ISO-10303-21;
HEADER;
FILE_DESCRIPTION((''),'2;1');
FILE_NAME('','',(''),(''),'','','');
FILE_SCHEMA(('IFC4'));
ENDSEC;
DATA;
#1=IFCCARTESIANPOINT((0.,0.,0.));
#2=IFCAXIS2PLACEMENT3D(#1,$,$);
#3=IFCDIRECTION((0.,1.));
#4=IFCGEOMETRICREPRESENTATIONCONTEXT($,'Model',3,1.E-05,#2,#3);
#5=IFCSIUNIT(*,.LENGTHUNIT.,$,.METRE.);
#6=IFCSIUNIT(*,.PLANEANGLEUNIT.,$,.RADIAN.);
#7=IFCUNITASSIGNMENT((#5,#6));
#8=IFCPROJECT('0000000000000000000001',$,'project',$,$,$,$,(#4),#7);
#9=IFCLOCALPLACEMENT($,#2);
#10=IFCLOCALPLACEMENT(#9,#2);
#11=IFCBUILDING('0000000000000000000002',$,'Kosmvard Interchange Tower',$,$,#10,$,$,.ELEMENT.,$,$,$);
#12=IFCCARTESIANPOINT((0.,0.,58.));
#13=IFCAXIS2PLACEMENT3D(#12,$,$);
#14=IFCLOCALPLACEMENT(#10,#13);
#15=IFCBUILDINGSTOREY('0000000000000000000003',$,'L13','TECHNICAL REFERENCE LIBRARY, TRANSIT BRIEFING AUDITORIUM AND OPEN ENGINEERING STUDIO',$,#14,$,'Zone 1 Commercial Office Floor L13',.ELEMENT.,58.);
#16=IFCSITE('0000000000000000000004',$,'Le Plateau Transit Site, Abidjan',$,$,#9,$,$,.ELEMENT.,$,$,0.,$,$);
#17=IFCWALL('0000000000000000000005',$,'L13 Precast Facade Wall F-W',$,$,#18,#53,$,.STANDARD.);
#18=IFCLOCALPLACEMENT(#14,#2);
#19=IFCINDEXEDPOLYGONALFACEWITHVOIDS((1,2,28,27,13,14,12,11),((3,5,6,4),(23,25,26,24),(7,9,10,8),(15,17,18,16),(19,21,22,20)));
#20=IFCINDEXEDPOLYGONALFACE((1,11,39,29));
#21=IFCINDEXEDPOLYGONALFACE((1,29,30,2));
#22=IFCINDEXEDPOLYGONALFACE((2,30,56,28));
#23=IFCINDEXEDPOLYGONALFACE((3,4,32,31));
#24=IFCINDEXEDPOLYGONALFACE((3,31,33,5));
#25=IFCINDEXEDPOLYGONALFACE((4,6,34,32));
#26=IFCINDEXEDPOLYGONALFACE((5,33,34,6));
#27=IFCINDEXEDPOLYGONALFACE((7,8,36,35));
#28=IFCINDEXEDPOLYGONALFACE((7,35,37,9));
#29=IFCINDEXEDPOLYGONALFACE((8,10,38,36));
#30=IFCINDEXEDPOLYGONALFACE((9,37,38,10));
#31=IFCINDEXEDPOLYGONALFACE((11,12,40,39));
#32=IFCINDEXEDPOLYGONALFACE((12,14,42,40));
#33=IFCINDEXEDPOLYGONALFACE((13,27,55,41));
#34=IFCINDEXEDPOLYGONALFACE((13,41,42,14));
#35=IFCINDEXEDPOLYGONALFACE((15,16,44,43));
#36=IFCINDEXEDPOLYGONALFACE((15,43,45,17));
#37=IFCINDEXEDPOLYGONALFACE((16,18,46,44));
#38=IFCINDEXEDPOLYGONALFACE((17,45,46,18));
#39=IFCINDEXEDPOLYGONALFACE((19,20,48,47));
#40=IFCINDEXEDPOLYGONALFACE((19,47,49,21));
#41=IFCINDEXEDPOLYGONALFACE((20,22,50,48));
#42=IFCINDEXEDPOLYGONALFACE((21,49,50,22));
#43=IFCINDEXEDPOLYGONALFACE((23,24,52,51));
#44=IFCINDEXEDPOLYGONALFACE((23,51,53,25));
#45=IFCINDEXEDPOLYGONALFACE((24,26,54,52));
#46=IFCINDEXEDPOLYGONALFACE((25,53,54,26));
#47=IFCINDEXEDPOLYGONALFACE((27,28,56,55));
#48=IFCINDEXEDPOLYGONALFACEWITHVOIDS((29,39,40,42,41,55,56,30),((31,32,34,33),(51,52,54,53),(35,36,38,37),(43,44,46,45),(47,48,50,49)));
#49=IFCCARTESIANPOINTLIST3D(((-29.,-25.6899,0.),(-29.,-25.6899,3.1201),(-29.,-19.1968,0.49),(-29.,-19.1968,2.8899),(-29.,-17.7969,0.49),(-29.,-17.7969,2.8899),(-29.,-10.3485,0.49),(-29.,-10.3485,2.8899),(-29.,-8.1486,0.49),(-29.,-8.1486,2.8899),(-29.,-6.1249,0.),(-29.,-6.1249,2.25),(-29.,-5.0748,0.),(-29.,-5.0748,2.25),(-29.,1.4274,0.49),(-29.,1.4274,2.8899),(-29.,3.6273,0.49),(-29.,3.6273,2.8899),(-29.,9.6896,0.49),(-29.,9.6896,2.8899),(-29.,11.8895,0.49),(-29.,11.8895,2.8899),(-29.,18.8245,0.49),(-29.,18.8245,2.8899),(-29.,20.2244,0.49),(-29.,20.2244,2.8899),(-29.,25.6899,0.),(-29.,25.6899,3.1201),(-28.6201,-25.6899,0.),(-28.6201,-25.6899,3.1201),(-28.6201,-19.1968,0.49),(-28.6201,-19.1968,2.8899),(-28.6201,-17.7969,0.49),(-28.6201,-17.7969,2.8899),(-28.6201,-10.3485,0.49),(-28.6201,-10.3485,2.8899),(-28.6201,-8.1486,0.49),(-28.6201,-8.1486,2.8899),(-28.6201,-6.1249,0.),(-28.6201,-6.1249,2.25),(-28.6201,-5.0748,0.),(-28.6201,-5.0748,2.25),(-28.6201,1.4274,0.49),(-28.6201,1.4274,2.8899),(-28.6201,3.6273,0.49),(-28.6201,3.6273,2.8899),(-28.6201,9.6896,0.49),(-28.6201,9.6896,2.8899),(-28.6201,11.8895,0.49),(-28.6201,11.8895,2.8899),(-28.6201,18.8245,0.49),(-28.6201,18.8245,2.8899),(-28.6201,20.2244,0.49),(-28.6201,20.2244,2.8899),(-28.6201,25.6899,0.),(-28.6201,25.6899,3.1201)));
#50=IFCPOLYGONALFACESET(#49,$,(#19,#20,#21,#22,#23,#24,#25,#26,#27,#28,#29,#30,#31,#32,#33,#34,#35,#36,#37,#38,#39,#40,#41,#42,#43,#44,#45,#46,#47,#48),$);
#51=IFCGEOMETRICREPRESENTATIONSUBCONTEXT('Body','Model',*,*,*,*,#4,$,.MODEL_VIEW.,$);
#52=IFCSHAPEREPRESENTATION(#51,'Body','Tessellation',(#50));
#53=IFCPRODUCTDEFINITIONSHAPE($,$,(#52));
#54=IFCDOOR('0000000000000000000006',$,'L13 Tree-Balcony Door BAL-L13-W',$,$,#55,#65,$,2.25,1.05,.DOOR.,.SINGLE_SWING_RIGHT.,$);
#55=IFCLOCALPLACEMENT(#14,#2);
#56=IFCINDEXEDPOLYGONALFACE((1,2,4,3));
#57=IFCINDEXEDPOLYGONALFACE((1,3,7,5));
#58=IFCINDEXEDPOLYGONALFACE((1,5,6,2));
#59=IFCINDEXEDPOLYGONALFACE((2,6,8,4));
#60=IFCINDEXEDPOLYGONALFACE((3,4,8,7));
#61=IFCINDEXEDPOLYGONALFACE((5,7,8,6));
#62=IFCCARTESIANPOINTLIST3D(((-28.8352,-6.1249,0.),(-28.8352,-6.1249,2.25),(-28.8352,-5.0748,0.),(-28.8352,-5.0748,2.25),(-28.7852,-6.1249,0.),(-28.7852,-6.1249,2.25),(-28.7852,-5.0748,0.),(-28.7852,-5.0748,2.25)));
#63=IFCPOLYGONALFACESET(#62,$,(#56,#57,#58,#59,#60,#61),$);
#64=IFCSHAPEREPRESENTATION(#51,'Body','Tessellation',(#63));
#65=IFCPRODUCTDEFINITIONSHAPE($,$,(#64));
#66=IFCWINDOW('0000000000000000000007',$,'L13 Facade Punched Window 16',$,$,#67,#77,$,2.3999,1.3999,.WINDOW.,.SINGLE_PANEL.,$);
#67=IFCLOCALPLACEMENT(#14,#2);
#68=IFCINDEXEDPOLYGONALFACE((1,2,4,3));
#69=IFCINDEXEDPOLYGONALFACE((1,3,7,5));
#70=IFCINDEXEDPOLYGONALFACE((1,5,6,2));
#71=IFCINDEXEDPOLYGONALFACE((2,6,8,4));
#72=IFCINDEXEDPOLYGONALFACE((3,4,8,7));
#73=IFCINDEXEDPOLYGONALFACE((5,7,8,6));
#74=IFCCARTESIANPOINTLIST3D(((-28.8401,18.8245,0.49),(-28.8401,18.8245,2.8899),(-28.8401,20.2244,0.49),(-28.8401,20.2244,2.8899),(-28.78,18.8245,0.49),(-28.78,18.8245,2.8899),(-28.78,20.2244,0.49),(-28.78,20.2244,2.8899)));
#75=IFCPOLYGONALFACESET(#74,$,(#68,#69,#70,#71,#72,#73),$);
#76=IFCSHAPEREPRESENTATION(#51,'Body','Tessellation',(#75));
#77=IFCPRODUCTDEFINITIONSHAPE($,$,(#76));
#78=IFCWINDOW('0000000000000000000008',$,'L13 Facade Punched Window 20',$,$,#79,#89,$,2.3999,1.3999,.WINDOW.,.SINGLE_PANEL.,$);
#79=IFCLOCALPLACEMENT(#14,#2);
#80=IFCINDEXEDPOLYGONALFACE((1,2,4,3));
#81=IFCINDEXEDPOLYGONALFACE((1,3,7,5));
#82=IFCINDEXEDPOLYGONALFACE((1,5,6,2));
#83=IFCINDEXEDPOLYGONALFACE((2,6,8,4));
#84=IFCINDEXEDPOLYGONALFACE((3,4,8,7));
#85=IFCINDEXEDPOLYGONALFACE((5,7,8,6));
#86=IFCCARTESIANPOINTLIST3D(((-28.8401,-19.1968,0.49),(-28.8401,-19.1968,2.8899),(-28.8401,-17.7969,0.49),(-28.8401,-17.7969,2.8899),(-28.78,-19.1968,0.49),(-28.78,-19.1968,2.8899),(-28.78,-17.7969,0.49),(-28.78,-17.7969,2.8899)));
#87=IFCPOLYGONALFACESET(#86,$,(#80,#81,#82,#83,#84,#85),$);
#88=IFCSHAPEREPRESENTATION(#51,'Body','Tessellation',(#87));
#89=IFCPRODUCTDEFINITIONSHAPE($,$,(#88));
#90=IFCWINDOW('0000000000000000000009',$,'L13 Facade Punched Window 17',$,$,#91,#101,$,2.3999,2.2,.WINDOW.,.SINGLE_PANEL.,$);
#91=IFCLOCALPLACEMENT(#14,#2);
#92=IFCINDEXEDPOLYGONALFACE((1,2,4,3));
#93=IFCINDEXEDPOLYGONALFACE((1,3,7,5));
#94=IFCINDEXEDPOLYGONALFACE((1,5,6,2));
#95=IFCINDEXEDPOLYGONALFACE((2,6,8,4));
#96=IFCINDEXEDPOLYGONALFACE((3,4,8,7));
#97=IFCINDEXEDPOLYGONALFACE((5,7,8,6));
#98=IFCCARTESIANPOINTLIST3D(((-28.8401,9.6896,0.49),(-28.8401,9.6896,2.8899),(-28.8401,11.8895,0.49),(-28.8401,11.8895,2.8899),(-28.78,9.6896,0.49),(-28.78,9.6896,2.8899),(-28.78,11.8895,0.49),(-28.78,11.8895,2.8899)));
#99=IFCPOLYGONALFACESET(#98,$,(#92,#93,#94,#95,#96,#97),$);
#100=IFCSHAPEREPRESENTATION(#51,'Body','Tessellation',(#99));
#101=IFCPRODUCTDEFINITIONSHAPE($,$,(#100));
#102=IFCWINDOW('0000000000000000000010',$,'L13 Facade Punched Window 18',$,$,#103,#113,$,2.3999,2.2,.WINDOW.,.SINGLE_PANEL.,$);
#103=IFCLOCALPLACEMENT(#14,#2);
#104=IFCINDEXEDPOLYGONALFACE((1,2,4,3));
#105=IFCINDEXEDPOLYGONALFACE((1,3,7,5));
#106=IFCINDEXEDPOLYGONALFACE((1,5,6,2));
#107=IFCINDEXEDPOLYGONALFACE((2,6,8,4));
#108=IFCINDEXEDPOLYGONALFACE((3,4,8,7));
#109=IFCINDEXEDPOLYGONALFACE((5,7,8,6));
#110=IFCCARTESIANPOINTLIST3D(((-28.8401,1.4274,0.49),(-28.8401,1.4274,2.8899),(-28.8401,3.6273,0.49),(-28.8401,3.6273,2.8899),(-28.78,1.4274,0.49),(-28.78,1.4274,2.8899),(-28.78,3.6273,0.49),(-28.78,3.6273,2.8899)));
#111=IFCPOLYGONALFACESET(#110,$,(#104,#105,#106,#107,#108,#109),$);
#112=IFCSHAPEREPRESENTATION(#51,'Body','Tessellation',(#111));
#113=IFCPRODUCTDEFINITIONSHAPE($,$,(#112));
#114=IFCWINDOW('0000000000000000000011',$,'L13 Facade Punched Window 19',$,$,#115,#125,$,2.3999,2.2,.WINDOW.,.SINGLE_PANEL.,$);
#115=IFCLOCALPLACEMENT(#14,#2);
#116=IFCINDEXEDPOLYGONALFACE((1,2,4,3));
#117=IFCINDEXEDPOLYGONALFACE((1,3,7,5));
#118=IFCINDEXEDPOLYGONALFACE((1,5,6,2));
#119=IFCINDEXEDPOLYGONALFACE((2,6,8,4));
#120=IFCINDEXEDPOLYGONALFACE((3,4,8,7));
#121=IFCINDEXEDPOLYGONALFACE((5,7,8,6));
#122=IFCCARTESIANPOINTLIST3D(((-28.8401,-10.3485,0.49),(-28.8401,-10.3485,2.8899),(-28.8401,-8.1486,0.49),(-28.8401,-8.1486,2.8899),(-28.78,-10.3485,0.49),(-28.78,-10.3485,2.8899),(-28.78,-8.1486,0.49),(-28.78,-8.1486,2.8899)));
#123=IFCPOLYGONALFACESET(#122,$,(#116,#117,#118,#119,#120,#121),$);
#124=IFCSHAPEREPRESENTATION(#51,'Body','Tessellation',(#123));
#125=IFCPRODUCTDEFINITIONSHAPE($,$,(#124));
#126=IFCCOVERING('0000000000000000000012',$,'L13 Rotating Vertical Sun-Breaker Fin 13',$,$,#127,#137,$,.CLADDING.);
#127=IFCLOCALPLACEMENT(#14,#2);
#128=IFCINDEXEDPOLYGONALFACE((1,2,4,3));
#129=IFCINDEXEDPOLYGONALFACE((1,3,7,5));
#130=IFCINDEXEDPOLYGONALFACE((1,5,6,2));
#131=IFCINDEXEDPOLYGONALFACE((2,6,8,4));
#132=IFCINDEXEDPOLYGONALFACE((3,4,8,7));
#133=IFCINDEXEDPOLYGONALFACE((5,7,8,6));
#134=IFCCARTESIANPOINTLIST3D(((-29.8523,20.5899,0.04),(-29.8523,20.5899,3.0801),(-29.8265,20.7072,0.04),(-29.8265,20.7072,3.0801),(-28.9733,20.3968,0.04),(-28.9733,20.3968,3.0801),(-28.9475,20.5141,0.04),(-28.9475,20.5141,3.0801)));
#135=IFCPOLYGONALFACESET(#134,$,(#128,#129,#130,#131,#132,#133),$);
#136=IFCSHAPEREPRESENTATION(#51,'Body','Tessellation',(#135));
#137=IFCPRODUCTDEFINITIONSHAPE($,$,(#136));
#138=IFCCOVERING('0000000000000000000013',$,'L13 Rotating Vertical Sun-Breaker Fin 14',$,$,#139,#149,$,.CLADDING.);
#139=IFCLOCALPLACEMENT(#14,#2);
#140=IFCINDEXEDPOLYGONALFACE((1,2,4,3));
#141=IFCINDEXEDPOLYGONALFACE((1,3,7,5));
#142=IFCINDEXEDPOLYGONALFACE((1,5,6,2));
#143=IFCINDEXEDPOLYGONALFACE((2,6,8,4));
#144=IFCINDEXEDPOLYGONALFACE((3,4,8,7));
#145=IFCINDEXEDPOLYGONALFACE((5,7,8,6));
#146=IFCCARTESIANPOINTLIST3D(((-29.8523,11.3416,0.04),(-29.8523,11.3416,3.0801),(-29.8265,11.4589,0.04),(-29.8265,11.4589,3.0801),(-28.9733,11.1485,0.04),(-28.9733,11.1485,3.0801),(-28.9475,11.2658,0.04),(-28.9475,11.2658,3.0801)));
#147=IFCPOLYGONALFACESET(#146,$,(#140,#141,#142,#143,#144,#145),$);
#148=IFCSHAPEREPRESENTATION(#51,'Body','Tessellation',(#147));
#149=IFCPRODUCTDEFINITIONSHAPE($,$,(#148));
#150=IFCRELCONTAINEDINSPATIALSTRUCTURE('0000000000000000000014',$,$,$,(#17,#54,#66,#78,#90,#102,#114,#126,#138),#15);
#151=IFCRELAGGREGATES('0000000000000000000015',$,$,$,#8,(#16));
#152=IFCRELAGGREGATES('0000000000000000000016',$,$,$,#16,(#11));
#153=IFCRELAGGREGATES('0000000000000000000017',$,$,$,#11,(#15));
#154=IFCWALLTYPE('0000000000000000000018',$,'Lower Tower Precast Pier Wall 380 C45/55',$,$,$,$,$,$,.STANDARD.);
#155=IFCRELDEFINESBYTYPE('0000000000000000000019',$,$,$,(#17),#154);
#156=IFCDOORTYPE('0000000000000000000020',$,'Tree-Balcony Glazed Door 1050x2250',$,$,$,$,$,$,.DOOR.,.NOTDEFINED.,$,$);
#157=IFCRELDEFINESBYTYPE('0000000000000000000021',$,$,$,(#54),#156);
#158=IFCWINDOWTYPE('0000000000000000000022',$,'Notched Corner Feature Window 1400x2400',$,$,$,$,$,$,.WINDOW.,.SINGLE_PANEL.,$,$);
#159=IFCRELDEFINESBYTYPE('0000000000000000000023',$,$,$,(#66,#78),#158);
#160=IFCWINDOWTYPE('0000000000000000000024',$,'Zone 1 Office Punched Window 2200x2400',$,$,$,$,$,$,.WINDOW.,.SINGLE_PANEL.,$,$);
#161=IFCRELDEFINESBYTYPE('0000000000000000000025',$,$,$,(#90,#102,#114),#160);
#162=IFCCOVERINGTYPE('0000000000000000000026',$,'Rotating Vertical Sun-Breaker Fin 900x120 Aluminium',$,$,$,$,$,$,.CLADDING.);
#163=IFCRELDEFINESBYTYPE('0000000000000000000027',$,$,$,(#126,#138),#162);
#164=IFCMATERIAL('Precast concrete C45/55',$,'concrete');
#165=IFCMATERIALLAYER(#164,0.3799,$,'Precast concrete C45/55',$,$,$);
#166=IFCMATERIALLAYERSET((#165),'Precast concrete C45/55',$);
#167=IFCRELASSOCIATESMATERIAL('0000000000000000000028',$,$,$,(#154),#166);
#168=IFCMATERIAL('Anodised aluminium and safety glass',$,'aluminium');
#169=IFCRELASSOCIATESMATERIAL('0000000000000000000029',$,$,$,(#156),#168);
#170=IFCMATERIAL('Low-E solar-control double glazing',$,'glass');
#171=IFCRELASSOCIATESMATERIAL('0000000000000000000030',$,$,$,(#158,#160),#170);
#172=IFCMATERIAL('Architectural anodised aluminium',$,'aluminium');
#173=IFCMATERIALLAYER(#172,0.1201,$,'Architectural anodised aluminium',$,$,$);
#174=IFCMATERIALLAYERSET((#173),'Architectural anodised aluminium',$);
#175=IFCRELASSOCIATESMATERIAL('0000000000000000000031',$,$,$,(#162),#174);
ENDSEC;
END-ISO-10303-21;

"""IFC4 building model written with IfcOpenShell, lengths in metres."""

from ifc_helpers import new_model, si_unit, direction, frame, frame_2d, origin, origin_2d, place, context, subcontext, project, spatial, rectangle, extrude, source, transform, mapped, material, layer, layer_set, type_object, element, fill, save


model = new_model("IFC4")

# Units and contexts
model_context = context("Model", 3, precision=1e-05, world=origin(), true_north=direction((0.0, 1.0)))
body_context = subcontext(model_context, "Body", "Model", "MODEL_VIEW")
ifc_project = project(units=[si_unit("LENGTHUNIT", "METRE"), si_unit("PLANEANGLEUNIT", "RADIAN")], contexts=[model_context])

# Site, building, storey
site_placement = place(None, origin())
site = spatial("IfcSite", under=ifc_project, at=site_placement, Name="Le Plateau Transit Site, Abidjan", CompositionType="ELEMENT", RefElevation=0.0)
building_placement = place(site_placement, origin())
building = spatial("IfcBuilding", under=site, at=building_placement, Name="Kosmvard Interchange Tower", CompositionType="ELEMENT")
storey_placement = place(building_placement, frame((0.0, 0.0, 58.0)))
storey = spatial("IfcBuildingStorey", under=building, at=storey_placement, Name="L13", Description="TECHNICAL REFERENCE LIBRARY, TRANSIT BRIEFING AUDITORIUM AND OPEN ENGINEERING STUDIO", LongName="Zone 1 Commercial Office Floor L13", CompositionType="ELEMENT", Elevation=58.0)

# Shared definitions
ifc_material_1 = material(Name="Precast concrete C45/55", Category="concrete")

# Shared definitions
ifc_layer_1 = layer(ifc_material_1, 0.3799, Name="Precast concrete C45/55")
ifc_layer_set_1 = layer_set([ifc_layer_1], Name="Precast concrete C45/55")
wall_type = type_object("IfcWallType", Name="Lower Tower Precast Pier Wall 380 C45/55", PredefinedType="STANDARD", material=ifc_layer_set_1)

# Wall, openings, door, windows
wall_1_placement = place(storey_placement, frame((-28.8101, 25.6899, 0.0), z_axis=(0.0, 0.0, 1.0), x_axis=(0.0, -1.0, 0.0)))
wall_1 = element("IfcWall", 1, at=wall_1_placement, inside=storey, type_object=wall_type, Name="L13 Precast Facade Wall F-W", PredefinedType="STANDARD", context=body_context, shape_type="SweptSolid", body=[
    extrude(rectangle(XDim=51.3799, YDim=0.3799, at=frame_2d((25.6899, 0.0))), origin(), (0.0, 0.0, 1.0), 3.1201),
])
opening_1_placement = place(wall_1_placement, frame((30.7649, 0.0, 0.0)))
opening_1 = element("IfcOpeningElement", 2, at=opening_1_placement, cuts=wall_1, PredefinedType="OPENING", context=body_context, shape_type="SweptSolid", body=[
    extrude(rectangle(XDim=1.05, YDim=2.25, at=frame_2d((0.5249, 1.125))), frame((0.0, 0.2, 0.0), z_axis=(0.0, -1.0, 0.0), x_axis=(1.0, 0.0, 0.0)), (0.0, 0.0, 1.0), 0.3999),
])
opening_2_placement = place(wall_1_placement, frame((5.4656, 0.0, 0.49)))
opening_2 = element("IfcOpeningElement", 3, at=opening_2_placement, cuts=wall_1, PredefinedType="OPENING", context=body_context, shape_type="SweptSolid", body=[
    extrude(rectangle(XDim=1.3999, YDim=2.3999, at=frame_2d((0.7, 1.2))), frame((0.0, 0.2, 0.0), z_axis=(0.0, -1.0, 0.0), x_axis=(1.0, 0.0, 0.0)), (0.0, 0.0, 1.0), 0.3999),
])
opening_3_placement = place(wall_1_placement, frame((13.8003, 0.0, 0.49)))
opening_3 = element("IfcOpeningElement", 4, at=opening_3_placement, cuts=wall_1, PredefinedType="OPENING", context=body_context, shape_type="SweptSolid", body=[
    extrude(rectangle(XDim=2.2, YDim=2.3999, at=frame_2d((1.1001, 1.2))), frame((0.0, 0.2, 0.0), z_axis=(0.0, -1.0, 0.0), x_axis=(1.0, 0.0, 0.0)), (0.0, 0.0, 1.0), 0.3999),
])
opening_4_placement = place(wall_1_placement, frame((22.0625, 0.0, 0.49)))
opening_4 = element("IfcOpeningElement", 5, at=opening_4_placement, cuts=wall_1, PredefinedType="OPENING", context=body_context, shape_type="SweptSolid", body=[
    extrude(rectangle(XDim=2.2, YDim=2.3999, at=frame_2d((1.1001, 1.2))), frame((0.0, 0.2, 0.0), z_axis=(0.0, -1.0, 0.0), x_axis=(1.0, 0.0, 0.0)), (0.0, 0.0, 1.0), 0.3999),
])
opening_5_placement = place(wall_1_placement, frame((33.8384, 0.0, 0.49)))
opening_5 = element("IfcOpeningElement", 6, at=opening_5_placement, cuts=wall_1, PredefinedType="OPENING", context=body_context, shape_type="SweptSolid", body=[
    extrude(rectangle(XDim=2.2, YDim=2.3999, at=frame_2d((1.1001, 1.2))), frame((0.0, 0.2, 0.0), z_axis=(0.0, -1.0, 0.0), x_axis=(1.0, 0.0, 0.0)), (0.0, 0.0, 1.0), 0.3999),
])
opening_6_placement = place(wall_1_placement, frame((43.4868, 0.0, 0.49)))
opening_6 = element("IfcOpeningElement", 7, at=opening_6_placement, cuts=wall_1, PredefinedType="OPENING", context=body_context, shape_type="SweptSolid", body=[
    extrude(rectangle(XDim=1.3999, YDim=2.3999, at=frame_2d((0.7, 1.2))), frame((0.0, 0.2, 0.0), z_axis=(0.0, -1.0, 0.0), x_axis=(1.0, 0.0, 0.0)), (0.0, 0.0, 1.0), 0.3999),
])
ifc_material_2 = material(Name="Anodised aluminium and safety glass", Category="aluminium")
door_type = type_object("IfcDoorType", Name="Tree-Balcony Glazed Door 1050x2250", OperationType="NOTDEFINED", PredefinedType="DOOR", material=ifc_material_2)
shared_shape_1 = source(origin(), body_context, "Body", "SweptSolid", [
    extrude(rectangle(XDim=1.05, YDim=2.25, at=frame_2d((0.5249, 1.125))), frame((0.0, 0.0249, 0.0), z_axis=(0.0, -1.0, 0.0), x_axis=(1.0, 0.0, 0.0)), (0.0, 0.0, 1.0), 0.05),
])
door_placement = place(opening_1_placement, origin())
door = element("IfcDoor", 8, at=door_placement, inside=storey, type_object=door_type, Name="L13 Tree-Balcony Door BAL-L13-W", OperationType="SINGLE_SWING_RIGHT", OverallHeight=2.25, OverallWidth=1.05, PredefinedType="DOOR", context=body_context, shape_type="MappedRepresentation", body=[
    mapped(shared_shape_1, transform((0.0, 0.0, 0.0), scale=1.0)),
])
fill(opening_1, door)
ifc_material_3 = material(Name="Low-E solar-control double glazing", Category="glass")
window_type_1 = type_object("IfcWindowType", Name="Notched Corner Feature Window 1400x2400", PartitioningType="SINGLE_PANEL", PredefinedType="WINDOW", material=ifc_material_3)
shared_shape_2 = source(origin(), body_context, "Body", "SweptSolid", [
    extrude(rectangle(XDim=1.3999, YDim=2.3999, at=frame_2d((0.7, 1.2))), frame((0.0, 0.03, 0.0), z_axis=(0.0, -1.0, 0.0), x_axis=(1.0, 0.0, 0.0)), (0.0, 0.0, 1.0), 0.0601),
])
window_1_placement = place(opening_2_placement, origin())
window_1 = element("IfcWindow", 9, at=window_1_placement, inside=storey, type_object=window_type_1, Name="L13 Facade Punched Window 16", OverallHeight=2.3999, OverallWidth=1.3999, PartitioningType="SINGLE_PANEL", PredefinedType="WINDOW", context=body_context, shape_type="MappedRepresentation", body=[
    mapped(shared_shape_2, transform((0.0, 0.0, 0.0), scale=1.0)),
])
fill(opening_2, window_1)
window_2_placement = place(opening_6_placement, origin())
window_2 = element("IfcWindow", 10, at=window_2_placement, inside=storey, type_object=window_type_1, Name="L13 Facade Punched Window 20", OverallHeight=2.3999, OverallWidth=1.3999, PartitioningType="SINGLE_PANEL", PredefinedType="WINDOW", context=body_context, shape_type="MappedRepresentation", body=[
    mapped(shared_shape_2, transform((0.0, 0.0, 0.0), scale=1.0)),
])
fill(opening_6, window_2)
window_type_2 = type_object("IfcWindowType", Name="Zone 1 Office Punched Window 2200x2400", PartitioningType="SINGLE_PANEL", PredefinedType="WINDOW", material=ifc_material_3)
shared_shape_3 = source(origin(), body_context, "Body", "SweptSolid", [
    extrude(rectangle(XDim=2.2, YDim=2.3999, at=frame_2d((1.1001, 1.2))), frame((0.0, 0.03, 0.0), z_axis=(0.0, -1.0, 0.0), x_axis=(1.0, 0.0, 0.0)), (0.0, 0.0, 1.0), 0.0601),
])
window_3_placement = place(opening_3_placement, origin())
window_3 = element("IfcWindow", 11, at=window_3_placement, inside=storey, type_object=window_type_2, Name="L13 Facade Punched Window 17", OverallHeight=2.3999, OverallWidth=2.2, PartitioningType="SINGLE_PANEL", PredefinedType="WINDOW", context=body_context, shape_type="MappedRepresentation", body=[
    mapped(shared_shape_3, transform((0.0, 0.0, 0.0), scale=1.0)),
])
fill(opening_3, window_3)
window_4_placement = place(opening_4_placement, origin())
window_4 = element("IfcWindow", 12, at=window_4_placement, inside=storey, type_object=window_type_2, Name="L13 Facade Punched Window 18", OverallHeight=2.3999, OverallWidth=2.2, PartitioningType="SINGLE_PANEL", PredefinedType="WINDOW", context=body_context, shape_type="MappedRepresentation", body=[
    mapped(shared_shape_3, transform((0.0, 0.0, 0.0), scale=1.0)),
])
fill(opening_4, window_4)
window_5_placement = place(opening_5_placement, origin())
window_5 = element("IfcWindow", 13, at=window_5_placement, inside=storey, type_object=window_type_2, Name="L13 Facade Punched Window 19", OverallHeight=2.3999, OverallWidth=2.2, PartitioningType="SINGLE_PANEL", PredefinedType="WINDOW", context=body_context, shape_type="MappedRepresentation", body=[
    mapped(shared_shape_3, transform((0.0, 0.0, 0.0), scale=1.0)),
])
fill(opening_5, window_5)

# Coverings
ifc_material_4 = material(Name="Architectural anodised aluminium", Category="aluminium")
ifc_layer_2 = layer(ifc_material_4, 0.1201, Name="Architectural anodised aluminium")
ifc_layer_set_2 = layer_set([ifc_layer_2], Name="Architectural anodised aluminium")
covering_type = type_object("IfcCoveringType", Name="Rotating Vertical Sun-Breaker Fin 900x120 Aluminium", PredefinedType="CLADDING", material=ifc_layer_set_2)
shared_shape_4 = source(origin(), body_context, "Body", "SweptSolid", [
    extrude(rectangle(XDim=0.8999, YDim=0.1201, at=origin_2d()), origin(), (0.0, 0.0, 1.0), 3.04),
])
for number, where, z_axis, x_axis, name in (
    (14, (-29.3999, 20.552, 0.04), (0.0, 0.0, 1.0), (-0.97671, 0.214565, 0.0), "L13 Rotating Vertical Sun-Breaker Fin 13"),
    (15, (-29.3999, 11.3037, 0.04), (0.0, 0.0, 1.0), (-0.97671, 0.214565, 0.0), "L13 Rotating Vertical Sun-Breaker Fin 14"),
):
    element("IfcCovering", number, at=place(storey_placement, frame(where, z_axis=z_axis, x_axis=x_axis)), inside=storey, type_object=covering_type, Name=name, PredefinedType="CLADDING", context=body_context, shape_type="MappedRepresentation", body=[
        mapped(shared_shape_4, transform((0.0, 0.0, 0.0), scale=1.0)),
    ])

save(model, "model.ifc")
